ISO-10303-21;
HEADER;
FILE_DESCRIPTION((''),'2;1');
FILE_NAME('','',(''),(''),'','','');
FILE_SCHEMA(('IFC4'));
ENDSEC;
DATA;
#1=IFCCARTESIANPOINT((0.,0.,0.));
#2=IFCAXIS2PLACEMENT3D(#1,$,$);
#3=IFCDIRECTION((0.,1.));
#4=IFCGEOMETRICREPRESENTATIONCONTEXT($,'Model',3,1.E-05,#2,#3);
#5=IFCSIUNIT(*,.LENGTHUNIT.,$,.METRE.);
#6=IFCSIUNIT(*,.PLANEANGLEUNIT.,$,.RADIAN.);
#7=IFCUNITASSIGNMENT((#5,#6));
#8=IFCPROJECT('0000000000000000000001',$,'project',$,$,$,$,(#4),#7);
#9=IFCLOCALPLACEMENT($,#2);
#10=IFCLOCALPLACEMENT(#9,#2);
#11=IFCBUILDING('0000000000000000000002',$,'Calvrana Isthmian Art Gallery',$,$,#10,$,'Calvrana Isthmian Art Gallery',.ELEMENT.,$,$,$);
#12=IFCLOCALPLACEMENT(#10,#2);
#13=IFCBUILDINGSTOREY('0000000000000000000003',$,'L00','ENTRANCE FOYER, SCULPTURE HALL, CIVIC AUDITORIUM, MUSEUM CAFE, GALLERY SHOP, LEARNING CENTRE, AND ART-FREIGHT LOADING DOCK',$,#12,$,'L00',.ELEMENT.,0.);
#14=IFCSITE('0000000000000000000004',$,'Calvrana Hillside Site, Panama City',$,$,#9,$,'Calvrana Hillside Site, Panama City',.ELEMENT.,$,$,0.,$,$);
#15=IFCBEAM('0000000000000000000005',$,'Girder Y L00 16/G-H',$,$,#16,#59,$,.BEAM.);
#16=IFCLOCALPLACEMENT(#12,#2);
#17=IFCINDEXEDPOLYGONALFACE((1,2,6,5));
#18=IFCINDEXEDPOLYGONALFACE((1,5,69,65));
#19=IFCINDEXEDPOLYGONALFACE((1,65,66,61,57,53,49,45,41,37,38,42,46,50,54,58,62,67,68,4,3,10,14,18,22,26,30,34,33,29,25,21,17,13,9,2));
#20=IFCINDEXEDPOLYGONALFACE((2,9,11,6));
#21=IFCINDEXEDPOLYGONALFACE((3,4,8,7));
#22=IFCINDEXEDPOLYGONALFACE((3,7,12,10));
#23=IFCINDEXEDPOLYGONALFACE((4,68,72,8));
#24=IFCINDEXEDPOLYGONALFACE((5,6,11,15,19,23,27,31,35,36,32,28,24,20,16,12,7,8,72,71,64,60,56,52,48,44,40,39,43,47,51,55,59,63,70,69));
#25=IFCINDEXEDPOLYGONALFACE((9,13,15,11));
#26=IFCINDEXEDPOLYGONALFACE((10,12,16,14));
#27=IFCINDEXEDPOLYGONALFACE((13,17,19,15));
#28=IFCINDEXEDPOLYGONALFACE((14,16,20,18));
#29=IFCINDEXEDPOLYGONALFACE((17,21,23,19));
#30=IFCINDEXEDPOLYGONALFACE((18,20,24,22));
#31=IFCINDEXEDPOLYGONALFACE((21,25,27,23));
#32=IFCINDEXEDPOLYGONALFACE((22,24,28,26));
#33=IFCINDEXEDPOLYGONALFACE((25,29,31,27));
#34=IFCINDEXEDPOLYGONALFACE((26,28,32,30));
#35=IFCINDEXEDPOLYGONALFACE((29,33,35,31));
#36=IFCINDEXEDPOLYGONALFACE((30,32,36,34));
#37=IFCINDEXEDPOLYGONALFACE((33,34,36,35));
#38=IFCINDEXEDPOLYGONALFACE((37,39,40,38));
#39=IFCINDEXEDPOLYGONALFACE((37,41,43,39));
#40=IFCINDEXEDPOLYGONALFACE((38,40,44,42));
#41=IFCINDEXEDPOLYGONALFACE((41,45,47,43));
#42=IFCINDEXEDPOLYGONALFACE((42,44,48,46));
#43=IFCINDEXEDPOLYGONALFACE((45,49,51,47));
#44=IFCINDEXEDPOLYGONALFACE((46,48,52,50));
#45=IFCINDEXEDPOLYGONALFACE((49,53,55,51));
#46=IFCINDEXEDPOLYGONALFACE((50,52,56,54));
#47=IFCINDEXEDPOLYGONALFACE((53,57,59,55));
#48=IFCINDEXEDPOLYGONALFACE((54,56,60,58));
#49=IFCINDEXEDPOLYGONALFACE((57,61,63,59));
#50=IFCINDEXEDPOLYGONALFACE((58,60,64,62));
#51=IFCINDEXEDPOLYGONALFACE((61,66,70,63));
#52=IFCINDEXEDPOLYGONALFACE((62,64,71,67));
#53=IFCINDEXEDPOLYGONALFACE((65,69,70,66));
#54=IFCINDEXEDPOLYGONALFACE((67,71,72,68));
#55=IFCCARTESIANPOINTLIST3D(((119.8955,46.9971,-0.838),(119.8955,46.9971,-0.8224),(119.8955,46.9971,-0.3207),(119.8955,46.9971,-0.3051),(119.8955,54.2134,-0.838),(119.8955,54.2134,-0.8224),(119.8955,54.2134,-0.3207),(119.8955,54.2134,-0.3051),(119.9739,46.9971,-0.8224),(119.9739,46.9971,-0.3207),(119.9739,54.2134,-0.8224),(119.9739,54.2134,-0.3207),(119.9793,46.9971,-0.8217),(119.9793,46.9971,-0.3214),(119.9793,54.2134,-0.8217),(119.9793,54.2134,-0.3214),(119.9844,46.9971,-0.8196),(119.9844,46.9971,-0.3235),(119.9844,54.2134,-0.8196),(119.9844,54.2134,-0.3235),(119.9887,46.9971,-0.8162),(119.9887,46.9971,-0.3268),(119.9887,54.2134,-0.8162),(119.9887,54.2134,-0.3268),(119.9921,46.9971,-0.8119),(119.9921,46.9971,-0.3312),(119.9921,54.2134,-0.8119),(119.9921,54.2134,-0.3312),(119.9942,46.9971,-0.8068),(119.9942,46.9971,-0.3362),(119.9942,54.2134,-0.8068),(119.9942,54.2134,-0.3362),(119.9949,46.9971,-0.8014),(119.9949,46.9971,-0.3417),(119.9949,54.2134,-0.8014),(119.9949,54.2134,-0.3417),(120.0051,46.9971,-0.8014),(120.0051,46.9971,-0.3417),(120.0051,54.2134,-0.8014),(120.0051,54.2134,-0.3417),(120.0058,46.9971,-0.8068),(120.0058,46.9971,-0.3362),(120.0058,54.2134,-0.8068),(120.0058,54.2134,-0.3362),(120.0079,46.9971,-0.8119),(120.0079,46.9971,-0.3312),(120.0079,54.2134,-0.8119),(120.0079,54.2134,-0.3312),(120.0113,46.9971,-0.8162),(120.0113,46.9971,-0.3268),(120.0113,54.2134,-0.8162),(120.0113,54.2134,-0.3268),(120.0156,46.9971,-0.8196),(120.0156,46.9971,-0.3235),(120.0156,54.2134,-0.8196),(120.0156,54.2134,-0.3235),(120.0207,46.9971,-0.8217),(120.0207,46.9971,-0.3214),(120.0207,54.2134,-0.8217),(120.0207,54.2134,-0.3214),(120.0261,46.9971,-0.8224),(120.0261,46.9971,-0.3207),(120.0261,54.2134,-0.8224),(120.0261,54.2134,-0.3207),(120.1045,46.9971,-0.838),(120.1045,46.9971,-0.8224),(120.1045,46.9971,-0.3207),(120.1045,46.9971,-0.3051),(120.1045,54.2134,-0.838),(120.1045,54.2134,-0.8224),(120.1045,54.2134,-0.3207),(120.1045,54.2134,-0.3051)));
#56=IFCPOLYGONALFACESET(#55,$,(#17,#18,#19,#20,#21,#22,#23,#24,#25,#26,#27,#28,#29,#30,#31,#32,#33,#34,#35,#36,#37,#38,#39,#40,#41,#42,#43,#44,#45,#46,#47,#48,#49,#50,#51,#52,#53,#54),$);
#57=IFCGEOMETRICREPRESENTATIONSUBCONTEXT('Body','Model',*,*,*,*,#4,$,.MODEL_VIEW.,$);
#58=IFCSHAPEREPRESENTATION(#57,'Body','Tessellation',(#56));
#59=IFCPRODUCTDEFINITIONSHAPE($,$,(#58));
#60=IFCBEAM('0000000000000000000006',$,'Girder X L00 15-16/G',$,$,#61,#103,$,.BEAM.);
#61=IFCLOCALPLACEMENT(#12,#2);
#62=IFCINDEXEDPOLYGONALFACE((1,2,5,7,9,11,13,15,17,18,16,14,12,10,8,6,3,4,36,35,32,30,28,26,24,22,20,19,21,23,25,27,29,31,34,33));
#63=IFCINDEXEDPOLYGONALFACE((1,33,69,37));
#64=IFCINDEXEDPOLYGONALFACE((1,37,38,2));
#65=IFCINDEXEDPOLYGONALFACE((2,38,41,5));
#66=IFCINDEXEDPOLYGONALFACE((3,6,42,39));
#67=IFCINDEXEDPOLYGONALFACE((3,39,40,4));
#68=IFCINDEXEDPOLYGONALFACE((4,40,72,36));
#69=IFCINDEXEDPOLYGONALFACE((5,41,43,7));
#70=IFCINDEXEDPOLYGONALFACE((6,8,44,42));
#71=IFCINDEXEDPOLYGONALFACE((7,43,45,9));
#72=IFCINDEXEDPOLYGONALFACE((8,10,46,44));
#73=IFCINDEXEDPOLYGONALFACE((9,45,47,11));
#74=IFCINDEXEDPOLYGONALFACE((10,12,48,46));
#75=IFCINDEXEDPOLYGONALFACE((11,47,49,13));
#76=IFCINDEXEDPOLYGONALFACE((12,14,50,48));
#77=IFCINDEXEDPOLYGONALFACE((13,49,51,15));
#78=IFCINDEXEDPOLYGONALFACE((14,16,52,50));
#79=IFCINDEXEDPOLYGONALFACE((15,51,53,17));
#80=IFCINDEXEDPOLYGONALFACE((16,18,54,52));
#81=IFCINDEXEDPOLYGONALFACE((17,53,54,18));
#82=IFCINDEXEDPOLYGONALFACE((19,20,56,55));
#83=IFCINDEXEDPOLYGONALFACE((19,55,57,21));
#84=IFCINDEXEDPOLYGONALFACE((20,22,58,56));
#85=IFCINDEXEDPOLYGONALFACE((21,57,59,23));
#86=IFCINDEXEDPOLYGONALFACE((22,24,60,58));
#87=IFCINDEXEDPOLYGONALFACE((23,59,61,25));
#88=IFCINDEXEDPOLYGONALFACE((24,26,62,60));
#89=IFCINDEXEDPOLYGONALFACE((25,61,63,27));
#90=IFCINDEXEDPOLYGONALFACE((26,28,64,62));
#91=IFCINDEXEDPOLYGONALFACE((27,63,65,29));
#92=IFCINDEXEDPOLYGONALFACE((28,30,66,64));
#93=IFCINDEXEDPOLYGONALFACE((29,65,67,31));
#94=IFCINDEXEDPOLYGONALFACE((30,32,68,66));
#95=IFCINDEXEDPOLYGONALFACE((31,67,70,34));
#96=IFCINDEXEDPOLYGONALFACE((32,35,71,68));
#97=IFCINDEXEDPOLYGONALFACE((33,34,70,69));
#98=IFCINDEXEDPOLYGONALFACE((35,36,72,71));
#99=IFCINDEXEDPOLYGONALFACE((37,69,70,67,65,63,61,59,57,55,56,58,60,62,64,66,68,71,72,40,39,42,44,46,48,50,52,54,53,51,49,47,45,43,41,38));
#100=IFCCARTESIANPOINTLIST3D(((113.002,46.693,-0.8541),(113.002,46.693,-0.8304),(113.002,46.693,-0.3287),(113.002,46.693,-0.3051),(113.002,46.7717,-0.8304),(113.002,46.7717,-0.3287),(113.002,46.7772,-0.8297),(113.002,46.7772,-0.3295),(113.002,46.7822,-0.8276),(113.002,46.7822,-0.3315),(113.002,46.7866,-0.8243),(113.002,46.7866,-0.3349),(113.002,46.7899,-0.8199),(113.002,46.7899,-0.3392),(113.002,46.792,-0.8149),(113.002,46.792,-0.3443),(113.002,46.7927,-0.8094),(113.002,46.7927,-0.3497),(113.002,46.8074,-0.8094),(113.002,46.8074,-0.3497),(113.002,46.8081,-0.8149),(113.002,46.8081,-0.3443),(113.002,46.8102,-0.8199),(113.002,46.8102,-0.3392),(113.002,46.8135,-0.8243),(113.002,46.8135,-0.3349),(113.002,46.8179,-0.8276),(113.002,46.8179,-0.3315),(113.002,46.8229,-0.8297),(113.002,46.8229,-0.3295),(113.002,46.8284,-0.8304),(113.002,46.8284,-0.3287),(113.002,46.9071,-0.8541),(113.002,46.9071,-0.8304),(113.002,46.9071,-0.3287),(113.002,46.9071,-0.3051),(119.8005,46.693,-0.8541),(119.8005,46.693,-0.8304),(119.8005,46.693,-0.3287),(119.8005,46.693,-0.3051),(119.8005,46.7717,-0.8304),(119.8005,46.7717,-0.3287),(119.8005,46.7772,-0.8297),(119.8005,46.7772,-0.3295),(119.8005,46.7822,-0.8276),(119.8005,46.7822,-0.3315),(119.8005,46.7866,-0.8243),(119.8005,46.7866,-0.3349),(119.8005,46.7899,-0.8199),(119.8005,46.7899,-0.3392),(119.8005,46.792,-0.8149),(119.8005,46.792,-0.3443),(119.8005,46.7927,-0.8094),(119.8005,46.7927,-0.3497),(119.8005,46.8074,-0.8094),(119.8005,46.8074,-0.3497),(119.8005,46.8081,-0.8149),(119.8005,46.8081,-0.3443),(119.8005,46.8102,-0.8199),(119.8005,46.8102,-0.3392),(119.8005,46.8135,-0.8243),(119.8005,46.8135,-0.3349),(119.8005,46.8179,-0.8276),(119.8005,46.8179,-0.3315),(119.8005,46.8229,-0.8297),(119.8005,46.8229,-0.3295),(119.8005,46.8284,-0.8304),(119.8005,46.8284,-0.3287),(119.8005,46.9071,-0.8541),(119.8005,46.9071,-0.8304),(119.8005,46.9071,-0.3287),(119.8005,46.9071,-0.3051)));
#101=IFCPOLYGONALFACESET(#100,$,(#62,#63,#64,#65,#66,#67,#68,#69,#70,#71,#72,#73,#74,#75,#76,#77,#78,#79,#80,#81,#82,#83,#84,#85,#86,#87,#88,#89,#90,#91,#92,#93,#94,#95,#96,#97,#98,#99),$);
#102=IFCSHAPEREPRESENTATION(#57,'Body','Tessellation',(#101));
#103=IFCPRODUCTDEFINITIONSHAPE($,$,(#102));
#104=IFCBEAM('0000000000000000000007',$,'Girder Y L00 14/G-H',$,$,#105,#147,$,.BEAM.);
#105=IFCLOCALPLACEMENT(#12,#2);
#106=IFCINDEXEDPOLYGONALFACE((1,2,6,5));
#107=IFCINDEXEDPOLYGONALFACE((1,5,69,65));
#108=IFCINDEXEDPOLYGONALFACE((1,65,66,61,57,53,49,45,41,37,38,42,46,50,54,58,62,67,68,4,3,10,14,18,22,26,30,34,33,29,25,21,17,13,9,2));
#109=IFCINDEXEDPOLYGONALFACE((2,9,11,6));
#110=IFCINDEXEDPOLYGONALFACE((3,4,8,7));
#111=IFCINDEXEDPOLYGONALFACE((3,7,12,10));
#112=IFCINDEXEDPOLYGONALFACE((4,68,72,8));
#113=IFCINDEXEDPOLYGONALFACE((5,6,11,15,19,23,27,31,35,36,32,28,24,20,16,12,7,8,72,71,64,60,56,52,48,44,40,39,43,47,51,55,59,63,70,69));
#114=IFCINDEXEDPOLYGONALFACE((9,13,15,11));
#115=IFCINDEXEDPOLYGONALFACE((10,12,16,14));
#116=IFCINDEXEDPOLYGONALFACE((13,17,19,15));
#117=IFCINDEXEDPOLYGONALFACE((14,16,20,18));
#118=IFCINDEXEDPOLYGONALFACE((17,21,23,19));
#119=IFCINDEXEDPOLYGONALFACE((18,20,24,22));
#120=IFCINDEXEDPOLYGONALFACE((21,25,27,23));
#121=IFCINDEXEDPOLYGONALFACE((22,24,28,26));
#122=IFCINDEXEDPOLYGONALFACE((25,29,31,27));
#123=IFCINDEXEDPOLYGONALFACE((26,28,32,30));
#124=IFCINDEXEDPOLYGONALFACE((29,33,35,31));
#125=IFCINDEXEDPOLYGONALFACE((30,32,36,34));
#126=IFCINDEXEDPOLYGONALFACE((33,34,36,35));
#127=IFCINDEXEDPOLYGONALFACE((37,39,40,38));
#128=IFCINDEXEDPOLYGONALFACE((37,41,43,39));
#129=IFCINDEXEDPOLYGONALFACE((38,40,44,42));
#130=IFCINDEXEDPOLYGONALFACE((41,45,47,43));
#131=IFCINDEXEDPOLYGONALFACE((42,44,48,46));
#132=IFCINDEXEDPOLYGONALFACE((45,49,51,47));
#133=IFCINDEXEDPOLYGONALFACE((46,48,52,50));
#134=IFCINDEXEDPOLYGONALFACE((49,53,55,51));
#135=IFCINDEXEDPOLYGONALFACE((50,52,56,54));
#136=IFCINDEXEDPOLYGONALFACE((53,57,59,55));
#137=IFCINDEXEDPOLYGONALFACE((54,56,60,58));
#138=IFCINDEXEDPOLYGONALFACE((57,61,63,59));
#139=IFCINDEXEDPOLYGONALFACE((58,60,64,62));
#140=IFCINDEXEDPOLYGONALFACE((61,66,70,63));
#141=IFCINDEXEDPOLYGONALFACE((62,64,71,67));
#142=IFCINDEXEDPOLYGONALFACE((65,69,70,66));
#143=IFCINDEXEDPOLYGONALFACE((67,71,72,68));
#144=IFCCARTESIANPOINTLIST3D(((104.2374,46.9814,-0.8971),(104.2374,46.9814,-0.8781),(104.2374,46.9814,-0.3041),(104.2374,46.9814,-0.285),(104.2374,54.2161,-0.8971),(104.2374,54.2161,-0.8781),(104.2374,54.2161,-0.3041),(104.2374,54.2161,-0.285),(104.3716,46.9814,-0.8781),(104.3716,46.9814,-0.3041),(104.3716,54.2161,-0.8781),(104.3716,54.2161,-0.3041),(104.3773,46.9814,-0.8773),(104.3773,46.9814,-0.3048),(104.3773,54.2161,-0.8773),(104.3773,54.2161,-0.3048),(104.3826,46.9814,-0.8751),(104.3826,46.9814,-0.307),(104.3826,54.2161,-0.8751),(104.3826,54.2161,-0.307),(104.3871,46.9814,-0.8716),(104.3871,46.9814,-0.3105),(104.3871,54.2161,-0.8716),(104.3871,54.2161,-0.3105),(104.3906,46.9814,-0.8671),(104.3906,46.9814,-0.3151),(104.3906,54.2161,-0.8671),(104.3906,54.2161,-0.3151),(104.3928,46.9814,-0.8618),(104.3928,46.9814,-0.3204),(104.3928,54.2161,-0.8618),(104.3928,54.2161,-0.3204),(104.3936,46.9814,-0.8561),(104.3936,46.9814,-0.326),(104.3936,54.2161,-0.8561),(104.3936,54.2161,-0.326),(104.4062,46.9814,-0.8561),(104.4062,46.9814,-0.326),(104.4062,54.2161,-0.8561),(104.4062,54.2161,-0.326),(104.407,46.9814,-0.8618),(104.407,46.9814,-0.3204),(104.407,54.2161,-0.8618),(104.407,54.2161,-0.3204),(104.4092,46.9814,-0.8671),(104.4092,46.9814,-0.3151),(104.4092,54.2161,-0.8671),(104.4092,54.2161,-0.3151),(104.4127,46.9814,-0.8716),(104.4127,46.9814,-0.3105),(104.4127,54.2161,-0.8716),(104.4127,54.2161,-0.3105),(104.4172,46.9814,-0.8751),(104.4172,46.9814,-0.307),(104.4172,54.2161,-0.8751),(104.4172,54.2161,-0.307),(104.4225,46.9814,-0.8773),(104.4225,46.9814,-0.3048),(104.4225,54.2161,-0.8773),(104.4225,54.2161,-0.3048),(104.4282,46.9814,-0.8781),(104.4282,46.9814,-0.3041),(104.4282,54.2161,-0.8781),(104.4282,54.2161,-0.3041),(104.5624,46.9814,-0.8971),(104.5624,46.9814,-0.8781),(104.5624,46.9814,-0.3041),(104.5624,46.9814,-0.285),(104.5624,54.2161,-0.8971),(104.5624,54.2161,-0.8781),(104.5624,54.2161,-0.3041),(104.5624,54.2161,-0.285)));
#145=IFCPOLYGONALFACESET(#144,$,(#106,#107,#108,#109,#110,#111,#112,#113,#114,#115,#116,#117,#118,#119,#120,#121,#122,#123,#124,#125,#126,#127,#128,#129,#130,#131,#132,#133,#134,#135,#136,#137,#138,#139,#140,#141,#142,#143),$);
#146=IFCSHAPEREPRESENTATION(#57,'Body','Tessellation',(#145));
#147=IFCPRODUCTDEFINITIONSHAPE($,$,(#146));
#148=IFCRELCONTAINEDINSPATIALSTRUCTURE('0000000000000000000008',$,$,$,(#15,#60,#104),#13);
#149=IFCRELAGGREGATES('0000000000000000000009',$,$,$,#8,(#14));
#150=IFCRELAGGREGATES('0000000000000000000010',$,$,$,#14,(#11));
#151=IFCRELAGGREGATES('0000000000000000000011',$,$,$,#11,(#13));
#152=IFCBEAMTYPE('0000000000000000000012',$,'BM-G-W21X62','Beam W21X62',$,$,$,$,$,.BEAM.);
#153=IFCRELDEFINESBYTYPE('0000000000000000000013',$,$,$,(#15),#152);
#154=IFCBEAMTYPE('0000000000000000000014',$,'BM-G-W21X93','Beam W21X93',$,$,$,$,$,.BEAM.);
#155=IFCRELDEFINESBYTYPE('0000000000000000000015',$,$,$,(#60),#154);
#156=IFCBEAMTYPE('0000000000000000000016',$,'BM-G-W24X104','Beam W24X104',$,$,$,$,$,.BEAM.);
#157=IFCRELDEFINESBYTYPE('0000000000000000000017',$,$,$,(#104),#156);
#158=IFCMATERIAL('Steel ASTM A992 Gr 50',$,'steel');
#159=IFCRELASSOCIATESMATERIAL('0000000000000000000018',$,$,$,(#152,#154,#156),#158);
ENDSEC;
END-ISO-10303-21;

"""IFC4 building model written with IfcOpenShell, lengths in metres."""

from ifc_helpers import new_model, si_unit, direction, frame, origin, origin_2d, place, context, subcontext, project, spatial, i_section, extrude, material, material_profile, profile_set, type_object, element, save


model = new_model("IFC4")

# Units and contexts
model_context = context("Model", 3, precision=1e-05, world=origin(), true_north=direction((0.0, 1.0)))
body_context = subcontext(model_context, "Body", "Model", "MODEL_VIEW")
ifc_project = project(units=[si_unit("LENGTHUNIT", "METRE"), si_unit("PLANEANGLEUNIT", "RADIAN")], contexts=[model_context])

# Site, building, storey
site_placement = place(None, origin())
site = spatial("IfcSite", under=ifc_project, at=site_placement, Name="Calvrana Hillside Site, Panama City", LongName="Calvrana Hillside Site, Panama City", CompositionType="ELEMENT", RefElevation=0.0)
building_placement = place(site_placement, origin())
building = spatial("IfcBuilding", under=site, at=building_placement, Name="Calvrana Isthmian Art Gallery", LongName="Calvrana Isthmian Art Gallery", CompositionType="ELEMENT")
storey_placement = place(building_placement, origin())
storey = spatial("IfcBuildingStorey", under=building, at=storey_placement, Name="L00", Description="ENTRANCE FOYER, SCULPTURE HALL, CIVIC AUDITORIUM, MUSEUM CAFE, GALLERY SHOP, LEARNING CENTRE, AND ART-FREIGHT LOADING DOCK", LongName="L00", CompositionType="ELEMENT", Elevation=0.0)

# Shared definitions
ifc_material_1 = material(Name="Steel ASTM A992 Gr 50", Category="steel")

# Beams
ifc_material_profile_1 = material_profile(ifc_material_1, i_section(OverallWidth=0.209, OverallDepth=0.533, WebThickness=0.0103, FlangeThickness=0.0156, FilletRadius=0.021, at=origin_2d()), Name="W21X62")
ifc_profile_set_1 = profile_set([ifc_material_profile_1], Name="Steel ASTM A992 Gr 50")
beam_type_1 = type_object("IfcBeamType", Name="BM-G-W21X62", Description="Beam W21X62", PredefinedType="BEAM", material=ifc_profile_set_1)
beam_1_placement = place(storey_placement, frame((120.0, 46.9971, -0.5715), z_axis=(0.0, 1.0, 0.0), x_axis=(-1.0, 0.0, 0.0)))
element("IfcBeam", 1, at=beam_1_placement, inside=storey, type_object=beam_type_1, Name="Girder Y L00 16/G-H", PredefinedType="BEAM", context=body_context, shape_type="SweptSolid", body=[
    extrude(i_section(OverallWidth=0.209, OverallDepth=0.533, WebThickness=0.0103, FlangeThickness=0.0156, FilletRadius=0.021, at=origin_2d()), origin(), (0.0, 0.0, 1.0), 7.2163),
])
ifc_material_profile_2 = material_profile(ifc_material_1, i_section(OverallWidth=0.2141, OverallDepth=0.5491, WebThickness=0.0146, FlangeThickness=0.0237, FilletRadius=0.021, at=origin_2d()), Name="W21X93")
ifc_profile_set_2 = profile_set([ifc_material_profile_2], Name="Steel ASTM A992 Gr 50")
beam_type_2 = type_object("IfcBeamType", Name="BM-G-W21X93", Description="Beam W21X93", PredefinedType="BEAM", material=ifc_profile_set_2)
beam_2_placement = place(storey_placement, frame((113.002, 46.8, -0.5796), z_axis=(1.0, 0.0, 0.0), x_axis=(0.0, 1.0, 0.0)))
element("IfcBeam", 2, at=beam_2_placement, inside=storey, type_object=beam_type_2, Name="Girder X L00 15-16/G", PredefinedType="BEAM", context=body_context, shape_type="SweptSolid", body=[
    extrude(i_section(OverallWidth=0.2141, OverallDepth=0.5491, WebThickness=0.0146, FlangeThickness=0.0237, FilletRadius=0.021, at=origin_2d()), origin(), (0.0, 0.0, 1.0), 6.7986),
])
ifc_material_profile_3 = material_profile(ifc_material_1, i_section(OverallWidth=0.325, OverallDepth=0.6121, WebThickness=0.0127, FlangeThickness=0.019, FilletRadius=0.022, at=origin_2d()), Name="W24X104")
ifc_profile_set_3 = profile_set([ifc_material_profile_3], Name="Steel ASTM A992 Gr 50")
beam_type_3 = type_object("IfcBeamType", Name="BM-G-W24X104", Description="Beam W24X104", PredefinedType="BEAM", material=ifc_profile_set_3)
beam_3_placement = place(storey_placement, frame((104.3999, 46.9814, -0.5911), z_axis=(0.0, 1.0, 0.0), x_axis=(-1.0, 0.0, 0.0)))
element("IfcBeam", 3, at=beam_3_placement, inside=storey, type_object=beam_type_3, Name="Girder Y L00 14/G-H", PredefinedType="BEAM", context=body_context, shape_type="SweptSolid", body=[
    extrude(i_section(OverallWidth=0.325, OverallDepth=0.6121, WebThickness=0.0127, FlangeThickness=0.019, FilletRadius=0.022, at=origin_2d()), origin(), (0.0, 0.0, 1.0), 7.2346),
])

save(model, "model.ifc")
